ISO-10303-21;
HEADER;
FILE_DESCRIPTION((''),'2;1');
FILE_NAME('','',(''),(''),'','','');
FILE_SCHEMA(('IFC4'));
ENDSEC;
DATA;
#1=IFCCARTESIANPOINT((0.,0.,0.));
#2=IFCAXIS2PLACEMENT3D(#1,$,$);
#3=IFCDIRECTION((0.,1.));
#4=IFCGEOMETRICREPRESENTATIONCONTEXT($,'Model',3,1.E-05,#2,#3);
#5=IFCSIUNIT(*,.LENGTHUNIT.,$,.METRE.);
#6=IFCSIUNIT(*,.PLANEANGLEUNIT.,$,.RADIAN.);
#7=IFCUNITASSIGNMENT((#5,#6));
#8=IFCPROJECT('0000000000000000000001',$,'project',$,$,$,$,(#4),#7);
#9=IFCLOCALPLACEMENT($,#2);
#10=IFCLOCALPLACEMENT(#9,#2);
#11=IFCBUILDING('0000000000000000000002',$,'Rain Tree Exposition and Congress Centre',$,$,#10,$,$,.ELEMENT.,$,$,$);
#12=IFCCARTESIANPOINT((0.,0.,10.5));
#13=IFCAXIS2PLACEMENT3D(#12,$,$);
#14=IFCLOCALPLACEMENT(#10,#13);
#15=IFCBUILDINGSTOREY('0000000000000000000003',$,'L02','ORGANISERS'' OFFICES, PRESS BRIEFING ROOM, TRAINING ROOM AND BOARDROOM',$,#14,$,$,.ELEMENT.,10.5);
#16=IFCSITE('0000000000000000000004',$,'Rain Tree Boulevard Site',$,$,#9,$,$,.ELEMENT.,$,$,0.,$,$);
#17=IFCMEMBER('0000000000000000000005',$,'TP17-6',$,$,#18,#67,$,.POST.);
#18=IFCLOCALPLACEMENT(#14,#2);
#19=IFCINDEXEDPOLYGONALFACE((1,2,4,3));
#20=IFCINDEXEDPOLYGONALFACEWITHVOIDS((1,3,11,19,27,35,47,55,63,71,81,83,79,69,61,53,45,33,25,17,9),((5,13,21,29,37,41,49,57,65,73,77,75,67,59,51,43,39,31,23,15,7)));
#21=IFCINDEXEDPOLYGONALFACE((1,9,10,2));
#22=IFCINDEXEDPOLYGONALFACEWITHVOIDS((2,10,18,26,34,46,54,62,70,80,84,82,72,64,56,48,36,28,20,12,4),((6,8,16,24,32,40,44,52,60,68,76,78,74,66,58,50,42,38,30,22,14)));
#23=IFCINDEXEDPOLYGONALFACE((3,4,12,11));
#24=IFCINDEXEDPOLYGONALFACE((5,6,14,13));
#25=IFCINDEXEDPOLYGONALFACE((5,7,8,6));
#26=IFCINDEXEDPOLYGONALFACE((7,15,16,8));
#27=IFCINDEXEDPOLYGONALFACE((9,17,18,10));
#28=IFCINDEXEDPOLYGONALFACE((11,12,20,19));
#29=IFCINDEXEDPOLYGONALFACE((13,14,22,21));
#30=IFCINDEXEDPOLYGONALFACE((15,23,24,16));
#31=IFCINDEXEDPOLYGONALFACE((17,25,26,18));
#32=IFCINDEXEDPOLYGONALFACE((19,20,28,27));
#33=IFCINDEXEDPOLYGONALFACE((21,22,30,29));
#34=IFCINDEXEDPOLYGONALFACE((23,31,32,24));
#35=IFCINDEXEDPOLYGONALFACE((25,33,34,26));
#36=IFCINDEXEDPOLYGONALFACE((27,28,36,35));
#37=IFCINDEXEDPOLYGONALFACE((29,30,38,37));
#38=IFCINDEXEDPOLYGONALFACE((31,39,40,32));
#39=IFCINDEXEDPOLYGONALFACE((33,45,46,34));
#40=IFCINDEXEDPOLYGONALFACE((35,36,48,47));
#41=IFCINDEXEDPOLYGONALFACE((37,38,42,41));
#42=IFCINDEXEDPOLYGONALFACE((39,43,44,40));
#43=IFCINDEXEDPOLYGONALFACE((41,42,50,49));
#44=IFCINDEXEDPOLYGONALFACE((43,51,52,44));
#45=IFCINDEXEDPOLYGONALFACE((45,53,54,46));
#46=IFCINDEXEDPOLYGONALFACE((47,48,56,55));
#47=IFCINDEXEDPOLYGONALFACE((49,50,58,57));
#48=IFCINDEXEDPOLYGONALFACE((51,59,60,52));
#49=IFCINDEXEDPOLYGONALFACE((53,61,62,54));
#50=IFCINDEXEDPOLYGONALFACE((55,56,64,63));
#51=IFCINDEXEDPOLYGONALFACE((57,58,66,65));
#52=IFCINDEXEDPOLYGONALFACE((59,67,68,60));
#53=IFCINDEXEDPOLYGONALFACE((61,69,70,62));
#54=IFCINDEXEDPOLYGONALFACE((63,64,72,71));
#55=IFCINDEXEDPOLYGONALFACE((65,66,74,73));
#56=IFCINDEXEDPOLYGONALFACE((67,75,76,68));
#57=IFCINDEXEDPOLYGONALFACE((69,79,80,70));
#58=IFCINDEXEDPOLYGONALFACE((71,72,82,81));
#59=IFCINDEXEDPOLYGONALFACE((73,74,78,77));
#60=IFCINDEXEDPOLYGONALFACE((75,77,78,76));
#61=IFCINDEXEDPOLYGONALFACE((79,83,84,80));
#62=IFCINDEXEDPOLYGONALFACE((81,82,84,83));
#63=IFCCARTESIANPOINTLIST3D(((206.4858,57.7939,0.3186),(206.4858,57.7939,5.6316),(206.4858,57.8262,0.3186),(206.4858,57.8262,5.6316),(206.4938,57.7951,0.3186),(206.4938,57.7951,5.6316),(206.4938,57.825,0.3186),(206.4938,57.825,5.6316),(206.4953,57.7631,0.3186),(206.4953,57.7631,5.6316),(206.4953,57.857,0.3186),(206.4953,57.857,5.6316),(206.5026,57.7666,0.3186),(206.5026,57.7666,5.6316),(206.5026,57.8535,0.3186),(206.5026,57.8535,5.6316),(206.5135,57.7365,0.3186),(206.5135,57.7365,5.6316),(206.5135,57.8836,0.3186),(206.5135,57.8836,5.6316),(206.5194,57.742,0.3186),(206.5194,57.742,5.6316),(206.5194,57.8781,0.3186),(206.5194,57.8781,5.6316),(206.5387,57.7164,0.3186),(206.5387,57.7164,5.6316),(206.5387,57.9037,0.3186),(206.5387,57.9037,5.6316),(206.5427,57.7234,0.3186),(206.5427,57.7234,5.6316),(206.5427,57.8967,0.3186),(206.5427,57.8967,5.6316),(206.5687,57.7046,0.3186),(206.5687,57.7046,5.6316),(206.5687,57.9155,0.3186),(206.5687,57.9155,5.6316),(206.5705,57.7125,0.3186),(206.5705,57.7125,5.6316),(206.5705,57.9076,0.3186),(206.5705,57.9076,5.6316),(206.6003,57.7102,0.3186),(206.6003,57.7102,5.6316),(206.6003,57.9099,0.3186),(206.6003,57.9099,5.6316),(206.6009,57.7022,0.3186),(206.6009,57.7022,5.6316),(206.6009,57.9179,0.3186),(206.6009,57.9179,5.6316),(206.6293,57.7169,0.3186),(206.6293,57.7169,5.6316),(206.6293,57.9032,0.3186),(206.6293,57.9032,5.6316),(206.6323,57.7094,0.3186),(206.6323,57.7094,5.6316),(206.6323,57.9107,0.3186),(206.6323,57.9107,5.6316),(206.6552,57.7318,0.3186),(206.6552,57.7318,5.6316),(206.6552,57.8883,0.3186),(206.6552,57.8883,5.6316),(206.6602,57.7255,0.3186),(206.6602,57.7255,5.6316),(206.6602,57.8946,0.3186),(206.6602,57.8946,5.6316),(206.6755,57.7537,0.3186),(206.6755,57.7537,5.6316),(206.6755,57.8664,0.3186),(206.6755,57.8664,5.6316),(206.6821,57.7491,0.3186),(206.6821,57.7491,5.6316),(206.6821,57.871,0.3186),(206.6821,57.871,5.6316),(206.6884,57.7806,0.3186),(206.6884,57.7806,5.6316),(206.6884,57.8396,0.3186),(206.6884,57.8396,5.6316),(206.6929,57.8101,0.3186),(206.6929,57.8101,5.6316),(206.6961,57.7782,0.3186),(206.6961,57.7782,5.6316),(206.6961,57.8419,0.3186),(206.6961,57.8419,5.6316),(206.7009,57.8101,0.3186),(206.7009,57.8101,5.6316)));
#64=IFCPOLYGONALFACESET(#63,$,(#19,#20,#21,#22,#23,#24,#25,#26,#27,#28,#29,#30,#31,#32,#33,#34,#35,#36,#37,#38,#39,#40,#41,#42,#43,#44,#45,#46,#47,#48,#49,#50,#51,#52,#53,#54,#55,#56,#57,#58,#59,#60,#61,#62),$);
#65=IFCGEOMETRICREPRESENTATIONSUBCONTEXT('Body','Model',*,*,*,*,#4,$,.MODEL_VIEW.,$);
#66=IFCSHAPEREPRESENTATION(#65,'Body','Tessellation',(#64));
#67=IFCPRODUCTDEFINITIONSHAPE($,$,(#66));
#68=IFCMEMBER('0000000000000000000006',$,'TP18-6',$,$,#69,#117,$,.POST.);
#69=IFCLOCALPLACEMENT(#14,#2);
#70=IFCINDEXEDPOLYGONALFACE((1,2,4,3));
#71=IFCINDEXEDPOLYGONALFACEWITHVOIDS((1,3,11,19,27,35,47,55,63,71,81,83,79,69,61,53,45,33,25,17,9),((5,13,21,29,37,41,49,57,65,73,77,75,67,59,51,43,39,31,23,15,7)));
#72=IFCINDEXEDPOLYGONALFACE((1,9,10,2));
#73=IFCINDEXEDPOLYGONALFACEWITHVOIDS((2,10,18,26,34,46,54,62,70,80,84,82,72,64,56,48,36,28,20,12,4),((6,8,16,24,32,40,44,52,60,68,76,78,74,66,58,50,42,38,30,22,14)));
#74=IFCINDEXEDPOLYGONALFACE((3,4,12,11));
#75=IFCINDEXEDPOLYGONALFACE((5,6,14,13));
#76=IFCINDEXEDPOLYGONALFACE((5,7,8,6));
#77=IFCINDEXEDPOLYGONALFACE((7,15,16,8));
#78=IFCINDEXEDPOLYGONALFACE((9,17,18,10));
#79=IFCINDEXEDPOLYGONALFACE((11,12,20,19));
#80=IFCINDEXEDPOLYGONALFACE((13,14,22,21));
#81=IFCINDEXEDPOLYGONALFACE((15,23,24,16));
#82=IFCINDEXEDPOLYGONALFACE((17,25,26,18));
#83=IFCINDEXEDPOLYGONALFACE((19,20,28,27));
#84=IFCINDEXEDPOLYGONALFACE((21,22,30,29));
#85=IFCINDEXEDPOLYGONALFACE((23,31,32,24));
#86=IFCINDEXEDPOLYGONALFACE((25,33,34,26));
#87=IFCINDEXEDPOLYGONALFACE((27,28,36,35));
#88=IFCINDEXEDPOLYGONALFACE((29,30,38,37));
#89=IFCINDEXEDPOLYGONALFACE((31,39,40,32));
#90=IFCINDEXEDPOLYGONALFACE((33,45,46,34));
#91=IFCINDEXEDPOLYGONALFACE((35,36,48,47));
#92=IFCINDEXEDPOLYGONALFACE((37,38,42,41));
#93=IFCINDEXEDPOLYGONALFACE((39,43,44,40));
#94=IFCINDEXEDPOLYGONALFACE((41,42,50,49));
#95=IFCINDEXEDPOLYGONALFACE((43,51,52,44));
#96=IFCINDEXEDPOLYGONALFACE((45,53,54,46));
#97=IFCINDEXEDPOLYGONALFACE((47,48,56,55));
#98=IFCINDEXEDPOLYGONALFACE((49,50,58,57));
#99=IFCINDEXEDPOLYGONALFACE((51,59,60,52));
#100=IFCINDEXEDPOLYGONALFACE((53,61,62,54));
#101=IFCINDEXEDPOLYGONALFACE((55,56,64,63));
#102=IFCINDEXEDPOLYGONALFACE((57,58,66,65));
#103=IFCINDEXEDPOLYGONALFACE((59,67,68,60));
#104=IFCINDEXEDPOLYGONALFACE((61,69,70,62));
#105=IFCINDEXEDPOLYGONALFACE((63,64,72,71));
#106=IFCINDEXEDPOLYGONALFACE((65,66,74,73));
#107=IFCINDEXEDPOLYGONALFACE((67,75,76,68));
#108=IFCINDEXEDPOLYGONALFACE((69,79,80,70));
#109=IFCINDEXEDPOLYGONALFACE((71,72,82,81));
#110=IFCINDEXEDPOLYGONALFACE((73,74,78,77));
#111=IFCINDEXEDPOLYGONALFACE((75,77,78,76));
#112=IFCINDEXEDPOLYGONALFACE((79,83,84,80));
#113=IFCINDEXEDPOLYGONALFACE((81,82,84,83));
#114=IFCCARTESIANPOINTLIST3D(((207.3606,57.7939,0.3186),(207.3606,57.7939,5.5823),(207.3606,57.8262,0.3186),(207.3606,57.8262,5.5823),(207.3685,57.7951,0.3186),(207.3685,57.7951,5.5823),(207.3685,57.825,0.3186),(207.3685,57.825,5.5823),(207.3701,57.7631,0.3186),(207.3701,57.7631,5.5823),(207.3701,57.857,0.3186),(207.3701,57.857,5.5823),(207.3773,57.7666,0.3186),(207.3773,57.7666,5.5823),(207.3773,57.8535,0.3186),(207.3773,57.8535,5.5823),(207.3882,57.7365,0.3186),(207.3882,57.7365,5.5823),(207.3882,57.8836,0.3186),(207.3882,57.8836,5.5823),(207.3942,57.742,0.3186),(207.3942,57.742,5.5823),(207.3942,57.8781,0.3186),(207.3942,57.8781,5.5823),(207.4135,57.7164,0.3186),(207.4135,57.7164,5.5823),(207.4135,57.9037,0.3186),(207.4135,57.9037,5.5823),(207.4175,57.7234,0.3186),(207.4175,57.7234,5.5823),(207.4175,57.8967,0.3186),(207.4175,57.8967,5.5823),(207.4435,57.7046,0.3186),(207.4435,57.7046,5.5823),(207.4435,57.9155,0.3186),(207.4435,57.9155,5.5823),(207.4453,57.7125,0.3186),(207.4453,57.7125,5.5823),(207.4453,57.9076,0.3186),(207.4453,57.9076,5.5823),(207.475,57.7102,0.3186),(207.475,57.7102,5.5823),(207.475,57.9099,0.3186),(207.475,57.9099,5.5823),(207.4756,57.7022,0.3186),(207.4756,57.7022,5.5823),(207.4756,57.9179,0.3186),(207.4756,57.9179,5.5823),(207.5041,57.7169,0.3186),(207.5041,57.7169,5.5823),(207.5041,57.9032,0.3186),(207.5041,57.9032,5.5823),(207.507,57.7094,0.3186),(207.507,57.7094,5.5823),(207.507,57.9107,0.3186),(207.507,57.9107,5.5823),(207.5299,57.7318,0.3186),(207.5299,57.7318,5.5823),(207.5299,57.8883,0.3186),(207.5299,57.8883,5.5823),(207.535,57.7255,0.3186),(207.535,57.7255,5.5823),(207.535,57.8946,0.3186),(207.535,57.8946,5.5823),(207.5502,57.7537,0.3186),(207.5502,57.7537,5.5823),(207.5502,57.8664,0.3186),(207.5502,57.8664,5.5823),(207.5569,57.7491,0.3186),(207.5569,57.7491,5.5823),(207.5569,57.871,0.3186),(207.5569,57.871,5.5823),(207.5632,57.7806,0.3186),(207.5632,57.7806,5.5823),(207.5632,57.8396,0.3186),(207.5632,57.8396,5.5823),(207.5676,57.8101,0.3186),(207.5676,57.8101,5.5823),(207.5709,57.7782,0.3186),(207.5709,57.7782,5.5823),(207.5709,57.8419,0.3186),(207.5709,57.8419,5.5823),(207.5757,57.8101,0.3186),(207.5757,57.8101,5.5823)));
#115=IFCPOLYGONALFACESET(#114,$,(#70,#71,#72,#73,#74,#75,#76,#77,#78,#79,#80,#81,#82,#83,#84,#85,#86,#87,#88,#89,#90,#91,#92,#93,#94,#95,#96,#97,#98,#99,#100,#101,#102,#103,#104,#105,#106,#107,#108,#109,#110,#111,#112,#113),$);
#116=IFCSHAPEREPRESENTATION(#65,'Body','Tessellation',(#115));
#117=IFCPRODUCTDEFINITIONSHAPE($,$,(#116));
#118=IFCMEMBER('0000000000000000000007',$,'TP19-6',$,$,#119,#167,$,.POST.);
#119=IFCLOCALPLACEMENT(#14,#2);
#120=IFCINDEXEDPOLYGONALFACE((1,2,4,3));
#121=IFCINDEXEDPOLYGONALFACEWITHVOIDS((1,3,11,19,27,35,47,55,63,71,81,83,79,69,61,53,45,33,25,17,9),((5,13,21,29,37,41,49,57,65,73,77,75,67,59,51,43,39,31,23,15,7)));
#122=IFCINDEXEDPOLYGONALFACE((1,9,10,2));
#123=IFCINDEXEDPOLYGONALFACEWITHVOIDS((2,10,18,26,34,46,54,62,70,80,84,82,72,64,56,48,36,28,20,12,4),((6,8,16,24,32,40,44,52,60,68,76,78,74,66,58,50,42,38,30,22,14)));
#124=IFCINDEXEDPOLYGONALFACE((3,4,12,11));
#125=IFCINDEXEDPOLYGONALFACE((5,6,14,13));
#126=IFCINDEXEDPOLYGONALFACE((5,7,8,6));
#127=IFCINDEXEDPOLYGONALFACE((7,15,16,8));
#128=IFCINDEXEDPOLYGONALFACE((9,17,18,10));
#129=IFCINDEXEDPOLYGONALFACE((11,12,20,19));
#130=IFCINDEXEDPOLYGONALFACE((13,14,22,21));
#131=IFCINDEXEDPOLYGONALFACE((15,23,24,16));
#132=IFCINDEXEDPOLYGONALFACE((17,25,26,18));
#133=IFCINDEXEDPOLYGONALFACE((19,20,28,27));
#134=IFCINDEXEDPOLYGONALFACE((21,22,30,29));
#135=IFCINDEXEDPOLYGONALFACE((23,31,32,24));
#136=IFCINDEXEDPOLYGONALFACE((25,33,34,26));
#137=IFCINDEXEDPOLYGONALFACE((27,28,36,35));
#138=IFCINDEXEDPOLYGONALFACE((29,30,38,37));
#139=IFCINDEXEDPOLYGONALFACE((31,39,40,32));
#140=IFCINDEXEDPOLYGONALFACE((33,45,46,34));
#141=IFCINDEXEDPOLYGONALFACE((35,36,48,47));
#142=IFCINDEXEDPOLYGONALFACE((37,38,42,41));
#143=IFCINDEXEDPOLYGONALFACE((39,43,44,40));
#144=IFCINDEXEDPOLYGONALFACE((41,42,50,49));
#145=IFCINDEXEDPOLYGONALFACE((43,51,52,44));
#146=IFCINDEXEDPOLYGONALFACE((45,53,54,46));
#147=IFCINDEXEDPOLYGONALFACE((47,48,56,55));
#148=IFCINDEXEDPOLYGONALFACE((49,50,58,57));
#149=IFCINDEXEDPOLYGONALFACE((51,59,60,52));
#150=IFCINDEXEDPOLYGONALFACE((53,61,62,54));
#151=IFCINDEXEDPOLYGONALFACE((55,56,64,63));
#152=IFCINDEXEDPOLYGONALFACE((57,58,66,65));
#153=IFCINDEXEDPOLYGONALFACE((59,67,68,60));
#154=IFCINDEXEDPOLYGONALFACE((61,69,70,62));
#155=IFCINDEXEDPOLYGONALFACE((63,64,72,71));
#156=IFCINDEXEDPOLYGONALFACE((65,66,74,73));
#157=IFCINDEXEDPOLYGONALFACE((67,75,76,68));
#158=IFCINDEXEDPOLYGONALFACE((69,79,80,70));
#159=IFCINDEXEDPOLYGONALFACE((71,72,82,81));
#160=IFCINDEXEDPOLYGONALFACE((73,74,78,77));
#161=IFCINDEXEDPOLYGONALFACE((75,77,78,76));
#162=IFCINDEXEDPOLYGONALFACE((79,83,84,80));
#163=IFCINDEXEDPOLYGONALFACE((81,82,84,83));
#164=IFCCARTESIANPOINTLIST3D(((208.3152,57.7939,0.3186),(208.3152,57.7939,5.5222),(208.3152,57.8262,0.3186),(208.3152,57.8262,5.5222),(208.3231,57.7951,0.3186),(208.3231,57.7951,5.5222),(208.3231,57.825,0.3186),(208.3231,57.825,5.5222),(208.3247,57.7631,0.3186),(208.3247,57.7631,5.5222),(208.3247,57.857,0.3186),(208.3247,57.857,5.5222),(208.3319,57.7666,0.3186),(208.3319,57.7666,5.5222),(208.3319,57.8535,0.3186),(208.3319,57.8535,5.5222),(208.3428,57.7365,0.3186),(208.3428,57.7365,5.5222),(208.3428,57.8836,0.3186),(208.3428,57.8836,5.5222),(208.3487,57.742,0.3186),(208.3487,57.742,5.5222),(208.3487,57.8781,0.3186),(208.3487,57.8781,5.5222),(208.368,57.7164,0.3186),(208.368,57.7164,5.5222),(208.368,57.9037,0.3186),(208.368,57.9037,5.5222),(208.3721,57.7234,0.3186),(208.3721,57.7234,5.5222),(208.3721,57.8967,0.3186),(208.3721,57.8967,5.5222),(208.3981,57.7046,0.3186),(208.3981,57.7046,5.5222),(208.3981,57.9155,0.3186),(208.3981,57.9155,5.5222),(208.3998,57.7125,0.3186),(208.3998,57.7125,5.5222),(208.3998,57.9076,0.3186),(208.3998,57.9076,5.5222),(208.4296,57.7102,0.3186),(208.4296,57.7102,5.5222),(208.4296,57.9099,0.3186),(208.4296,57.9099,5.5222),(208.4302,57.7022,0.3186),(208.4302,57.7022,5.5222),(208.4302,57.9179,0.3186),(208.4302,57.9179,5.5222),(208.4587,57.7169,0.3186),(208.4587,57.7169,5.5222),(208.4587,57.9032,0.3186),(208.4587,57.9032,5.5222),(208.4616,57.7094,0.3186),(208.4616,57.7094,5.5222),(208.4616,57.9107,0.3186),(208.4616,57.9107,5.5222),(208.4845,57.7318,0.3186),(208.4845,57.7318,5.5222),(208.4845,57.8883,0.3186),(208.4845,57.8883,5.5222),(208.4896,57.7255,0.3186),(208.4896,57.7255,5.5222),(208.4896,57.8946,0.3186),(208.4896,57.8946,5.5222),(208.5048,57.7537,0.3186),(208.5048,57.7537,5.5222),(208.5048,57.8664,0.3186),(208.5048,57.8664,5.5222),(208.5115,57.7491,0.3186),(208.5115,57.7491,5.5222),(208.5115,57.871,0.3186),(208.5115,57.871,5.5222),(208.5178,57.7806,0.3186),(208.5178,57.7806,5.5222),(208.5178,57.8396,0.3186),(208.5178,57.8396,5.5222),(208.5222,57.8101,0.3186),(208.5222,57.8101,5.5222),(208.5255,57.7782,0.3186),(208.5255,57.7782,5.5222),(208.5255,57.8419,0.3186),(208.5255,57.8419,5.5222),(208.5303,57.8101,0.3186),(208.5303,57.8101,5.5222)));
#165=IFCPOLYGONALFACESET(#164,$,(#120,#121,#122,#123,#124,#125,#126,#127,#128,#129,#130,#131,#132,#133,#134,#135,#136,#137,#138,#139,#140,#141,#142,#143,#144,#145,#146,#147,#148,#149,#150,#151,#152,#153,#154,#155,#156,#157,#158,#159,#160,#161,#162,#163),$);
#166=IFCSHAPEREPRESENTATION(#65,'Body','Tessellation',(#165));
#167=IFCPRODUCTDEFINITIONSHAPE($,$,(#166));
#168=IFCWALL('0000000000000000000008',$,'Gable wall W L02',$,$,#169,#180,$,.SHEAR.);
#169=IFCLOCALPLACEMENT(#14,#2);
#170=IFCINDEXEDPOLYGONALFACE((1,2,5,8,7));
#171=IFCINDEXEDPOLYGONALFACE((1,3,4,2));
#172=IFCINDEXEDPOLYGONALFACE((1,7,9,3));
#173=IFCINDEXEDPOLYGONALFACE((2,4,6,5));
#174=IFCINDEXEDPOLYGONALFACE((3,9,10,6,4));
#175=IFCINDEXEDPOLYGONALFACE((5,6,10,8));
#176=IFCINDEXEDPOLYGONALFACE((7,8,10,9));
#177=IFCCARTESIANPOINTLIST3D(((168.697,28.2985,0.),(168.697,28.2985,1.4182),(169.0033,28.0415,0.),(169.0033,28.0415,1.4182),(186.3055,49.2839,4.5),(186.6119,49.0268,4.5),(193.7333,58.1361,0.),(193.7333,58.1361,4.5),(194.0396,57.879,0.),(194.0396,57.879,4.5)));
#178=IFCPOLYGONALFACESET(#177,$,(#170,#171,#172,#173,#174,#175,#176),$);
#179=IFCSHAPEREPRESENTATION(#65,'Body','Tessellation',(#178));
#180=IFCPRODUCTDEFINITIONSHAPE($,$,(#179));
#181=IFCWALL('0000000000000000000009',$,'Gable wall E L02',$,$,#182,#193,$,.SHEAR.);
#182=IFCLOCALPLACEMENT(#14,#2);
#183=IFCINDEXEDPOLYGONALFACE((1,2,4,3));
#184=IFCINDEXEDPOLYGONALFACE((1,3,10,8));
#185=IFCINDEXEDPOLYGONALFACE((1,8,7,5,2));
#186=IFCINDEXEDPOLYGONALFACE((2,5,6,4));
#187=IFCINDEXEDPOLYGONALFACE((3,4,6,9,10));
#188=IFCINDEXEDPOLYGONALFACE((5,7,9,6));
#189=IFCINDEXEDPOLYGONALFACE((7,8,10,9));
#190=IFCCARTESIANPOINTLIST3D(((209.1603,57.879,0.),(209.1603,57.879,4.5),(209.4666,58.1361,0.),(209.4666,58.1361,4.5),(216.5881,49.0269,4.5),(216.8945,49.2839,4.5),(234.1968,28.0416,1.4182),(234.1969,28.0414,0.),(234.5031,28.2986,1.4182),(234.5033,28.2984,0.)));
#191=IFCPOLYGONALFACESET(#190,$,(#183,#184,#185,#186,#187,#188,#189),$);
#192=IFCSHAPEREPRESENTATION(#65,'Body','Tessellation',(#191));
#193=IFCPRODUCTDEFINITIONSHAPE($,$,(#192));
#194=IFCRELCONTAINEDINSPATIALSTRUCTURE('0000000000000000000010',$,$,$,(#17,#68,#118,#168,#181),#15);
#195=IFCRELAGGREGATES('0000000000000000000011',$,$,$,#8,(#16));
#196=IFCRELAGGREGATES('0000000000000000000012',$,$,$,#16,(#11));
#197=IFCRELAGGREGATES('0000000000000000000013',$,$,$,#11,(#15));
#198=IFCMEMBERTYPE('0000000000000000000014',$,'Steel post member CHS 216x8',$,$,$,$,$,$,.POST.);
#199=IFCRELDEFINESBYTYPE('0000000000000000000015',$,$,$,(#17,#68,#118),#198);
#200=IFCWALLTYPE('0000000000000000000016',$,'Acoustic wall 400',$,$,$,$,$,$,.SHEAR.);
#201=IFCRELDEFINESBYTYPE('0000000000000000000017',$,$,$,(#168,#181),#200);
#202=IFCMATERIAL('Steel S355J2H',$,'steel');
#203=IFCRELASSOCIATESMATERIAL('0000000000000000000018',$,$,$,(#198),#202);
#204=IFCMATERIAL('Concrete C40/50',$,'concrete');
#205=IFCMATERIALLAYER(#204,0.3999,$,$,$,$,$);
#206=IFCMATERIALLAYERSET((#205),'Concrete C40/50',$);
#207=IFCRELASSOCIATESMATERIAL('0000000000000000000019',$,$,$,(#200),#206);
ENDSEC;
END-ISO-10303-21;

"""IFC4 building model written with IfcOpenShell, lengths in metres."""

from ifc_helpers import new_model, si_unit, direction, frame, origin, origin_2d, place, context, subcontext, project, spatial, polyline, hollow_circle, outline, extrude, material, layer, layer_set, material_profile, profile_set, type_object, element, save


model = new_model("IFC4")

# Units and contexts
model_context = context("Model", 3, precision=1e-05, world=origin(), true_north=direction((0.0, 1.0)))
body_context = subcontext(model_context, "Body", "Model", "MODEL_VIEW")
ifc_project = project(units=[si_unit("LENGTHUNIT", "METRE"), si_unit("PLANEANGLEUNIT", "RADIAN")], contexts=[model_context])

# Site, building, storey
site_placement = place(None, origin())
site = spatial("IfcSite", under=ifc_project, at=site_placement, Name="Rain Tree Boulevard Site", CompositionType="ELEMENT", RefElevation=0.0)
building_placement = place(site_placement, origin())
building = spatial("IfcBuilding", under=site, at=building_placement, Name="Rain Tree Exposition and Congress Centre", CompositionType="ELEMENT")
storey_placement = place(building_placement, frame((0.0, 0.0, 10.5)))
storey = spatial("IfcBuildingStorey", under=building, at=storey_placement, Name="L02", Description="ORGANISERS' OFFICES, PRESS BRIEFING ROOM, TRAINING ROOM AND BOARDROOM", CompositionType="ELEMENT", Elevation=10.5)

# Members
ifc_material_1 = material(Name="Steel S355J2H", Category="steel")
ifc_material_profile_1 = material_profile(ifc_material_1, hollow_circle(Radius=0.1082, WallThickness=0.0081, at=origin_2d()), Name="CHS 216x8")
ifc_profile_set_1 = profile_set([ifc_material_profile_1], Name="Steel S355J2H")
member_type_1 = type_object("IfcMemberType", Name="Steel post member CHS 216x8", PredefinedType="POST", material=ifc_profile_set_1)
member_1_placement = place(storey_placement, frame((206.5928, 57.8101, 0.3186), z_axis=(0.0, 0.0, 1.0), x_axis=(1.0, 0.0, 0.0)))
element("IfcMember", 1, at=member_1_placement, inside=storey, type_object=member_type_1, Name="TP17-6", PredefinedType="POST", context=body_context, shape_type="SweptSolid", body=[
    extrude(hollow_circle(Radius=0.1082, WallThickness=0.0081, at=origin_2d()), origin(), (0.0, 0.0, 1.0), 5.313),
])
member_2_placement = place(storey_placement, frame((207.4675, 57.8101, 0.3186), z_axis=(0.0, 0.0, 1.0), x_axis=(1.0, 0.0, 0.0)))
element("IfcMember", 2, at=member_2_placement, inside=storey, type_object=member_type_1, Name="TP18-6", PredefinedType="POST", context=body_context, shape_type="SweptSolid", body=[
    extrude(hollow_circle(Radius=0.1082, WallThickness=0.0081, at=origin_2d()), origin(), (0.0, 0.0, 1.0), 5.2637),
])
member_3_placement = place(storey_placement, frame((208.4221, 57.8101, 0.3186), z_axis=(0.0, 0.0, 1.0), x_axis=(1.0, 0.0, 0.0)))
element("IfcMember", 3, at=member_3_placement, inside=storey, type_object=member_type_1, Name="TP19-6", PredefinedType="POST", context=body_context, shape_type="SweptSolid", body=[
    extrude(hollow_circle(Radius=0.1082, WallThickness=0.0081, at=origin_2d()), origin(), (0.0, 0.0, 1.0), 5.2036),
])

# Walls
ifc_material_2 = material(Name="Concrete C40/50", Category="concrete")
ifc_layer_1 = layer(ifc_material_2, 0.3999)
ifc_layer_set_1 = layer_set([ifc_layer_1], Name="Concrete C40/50")
wall_type = type_object("IfcWallType", Name="Acoustic wall 400", PredefinedType="SHEAR", material=ifc_layer_set_1)
wall_1_placement = place(storey_placement, frame((193.8865, 58.0076, 0.0), z_axis=(0.0, 0.0, 1.0), x_axis=(-0.642782, -0.766049, 0.0)))
element("IfcWall", 4, at=wall_1_placement, inside=storey, type_object=wall_type, Name="Gable wall W L02", PredefinedType="SHEAR", context=body_context, shape_type="SweptSolid", body=[
    extrude(outline(polyline([(0.0, 0.0), (38.95, 0.0), (38.95, 1.4182), (11.5557, 4.5), (0.0, 4.5), (0.0, 0.0)])), frame((0.0, 0.2, 0.0), z_axis=(0.0, -1.0, 0.0), x_axis=(1.0, 0.0, 0.0)), (0.0, 0.0, 1.0), 0.3999),
])
wall_2_placement = place(storey_placement, frame((209.3135, 58.0076, 0.0), z_axis=(0.0, 0.0, 1.0), x_axis=(0.642786, -0.766046, 0.0)))
element("IfcWall", 5, at=wall_2_placement, inside=storey, type_object=wall_type, Name="Gable wall E L02", PredefinedType="SHEAR", context=body_context, shape_type="SweptSolid", body=[
    extrude(outline(polyline([(0.0, 0.0), (38.9502, 0.0), (38.95, 1.4182), (11.5557, 4.5), (0.0, 4.5), (0.0, 0.0)])), frame((0.0, 0.2, 0.0), z_axis=(0.0, -1.0, 0.0), x_axis=(1.0, 0.0, 0.0)), (0.0, 0.0, 1.0), 0.3999),
])

save(model, "model.ifc")
